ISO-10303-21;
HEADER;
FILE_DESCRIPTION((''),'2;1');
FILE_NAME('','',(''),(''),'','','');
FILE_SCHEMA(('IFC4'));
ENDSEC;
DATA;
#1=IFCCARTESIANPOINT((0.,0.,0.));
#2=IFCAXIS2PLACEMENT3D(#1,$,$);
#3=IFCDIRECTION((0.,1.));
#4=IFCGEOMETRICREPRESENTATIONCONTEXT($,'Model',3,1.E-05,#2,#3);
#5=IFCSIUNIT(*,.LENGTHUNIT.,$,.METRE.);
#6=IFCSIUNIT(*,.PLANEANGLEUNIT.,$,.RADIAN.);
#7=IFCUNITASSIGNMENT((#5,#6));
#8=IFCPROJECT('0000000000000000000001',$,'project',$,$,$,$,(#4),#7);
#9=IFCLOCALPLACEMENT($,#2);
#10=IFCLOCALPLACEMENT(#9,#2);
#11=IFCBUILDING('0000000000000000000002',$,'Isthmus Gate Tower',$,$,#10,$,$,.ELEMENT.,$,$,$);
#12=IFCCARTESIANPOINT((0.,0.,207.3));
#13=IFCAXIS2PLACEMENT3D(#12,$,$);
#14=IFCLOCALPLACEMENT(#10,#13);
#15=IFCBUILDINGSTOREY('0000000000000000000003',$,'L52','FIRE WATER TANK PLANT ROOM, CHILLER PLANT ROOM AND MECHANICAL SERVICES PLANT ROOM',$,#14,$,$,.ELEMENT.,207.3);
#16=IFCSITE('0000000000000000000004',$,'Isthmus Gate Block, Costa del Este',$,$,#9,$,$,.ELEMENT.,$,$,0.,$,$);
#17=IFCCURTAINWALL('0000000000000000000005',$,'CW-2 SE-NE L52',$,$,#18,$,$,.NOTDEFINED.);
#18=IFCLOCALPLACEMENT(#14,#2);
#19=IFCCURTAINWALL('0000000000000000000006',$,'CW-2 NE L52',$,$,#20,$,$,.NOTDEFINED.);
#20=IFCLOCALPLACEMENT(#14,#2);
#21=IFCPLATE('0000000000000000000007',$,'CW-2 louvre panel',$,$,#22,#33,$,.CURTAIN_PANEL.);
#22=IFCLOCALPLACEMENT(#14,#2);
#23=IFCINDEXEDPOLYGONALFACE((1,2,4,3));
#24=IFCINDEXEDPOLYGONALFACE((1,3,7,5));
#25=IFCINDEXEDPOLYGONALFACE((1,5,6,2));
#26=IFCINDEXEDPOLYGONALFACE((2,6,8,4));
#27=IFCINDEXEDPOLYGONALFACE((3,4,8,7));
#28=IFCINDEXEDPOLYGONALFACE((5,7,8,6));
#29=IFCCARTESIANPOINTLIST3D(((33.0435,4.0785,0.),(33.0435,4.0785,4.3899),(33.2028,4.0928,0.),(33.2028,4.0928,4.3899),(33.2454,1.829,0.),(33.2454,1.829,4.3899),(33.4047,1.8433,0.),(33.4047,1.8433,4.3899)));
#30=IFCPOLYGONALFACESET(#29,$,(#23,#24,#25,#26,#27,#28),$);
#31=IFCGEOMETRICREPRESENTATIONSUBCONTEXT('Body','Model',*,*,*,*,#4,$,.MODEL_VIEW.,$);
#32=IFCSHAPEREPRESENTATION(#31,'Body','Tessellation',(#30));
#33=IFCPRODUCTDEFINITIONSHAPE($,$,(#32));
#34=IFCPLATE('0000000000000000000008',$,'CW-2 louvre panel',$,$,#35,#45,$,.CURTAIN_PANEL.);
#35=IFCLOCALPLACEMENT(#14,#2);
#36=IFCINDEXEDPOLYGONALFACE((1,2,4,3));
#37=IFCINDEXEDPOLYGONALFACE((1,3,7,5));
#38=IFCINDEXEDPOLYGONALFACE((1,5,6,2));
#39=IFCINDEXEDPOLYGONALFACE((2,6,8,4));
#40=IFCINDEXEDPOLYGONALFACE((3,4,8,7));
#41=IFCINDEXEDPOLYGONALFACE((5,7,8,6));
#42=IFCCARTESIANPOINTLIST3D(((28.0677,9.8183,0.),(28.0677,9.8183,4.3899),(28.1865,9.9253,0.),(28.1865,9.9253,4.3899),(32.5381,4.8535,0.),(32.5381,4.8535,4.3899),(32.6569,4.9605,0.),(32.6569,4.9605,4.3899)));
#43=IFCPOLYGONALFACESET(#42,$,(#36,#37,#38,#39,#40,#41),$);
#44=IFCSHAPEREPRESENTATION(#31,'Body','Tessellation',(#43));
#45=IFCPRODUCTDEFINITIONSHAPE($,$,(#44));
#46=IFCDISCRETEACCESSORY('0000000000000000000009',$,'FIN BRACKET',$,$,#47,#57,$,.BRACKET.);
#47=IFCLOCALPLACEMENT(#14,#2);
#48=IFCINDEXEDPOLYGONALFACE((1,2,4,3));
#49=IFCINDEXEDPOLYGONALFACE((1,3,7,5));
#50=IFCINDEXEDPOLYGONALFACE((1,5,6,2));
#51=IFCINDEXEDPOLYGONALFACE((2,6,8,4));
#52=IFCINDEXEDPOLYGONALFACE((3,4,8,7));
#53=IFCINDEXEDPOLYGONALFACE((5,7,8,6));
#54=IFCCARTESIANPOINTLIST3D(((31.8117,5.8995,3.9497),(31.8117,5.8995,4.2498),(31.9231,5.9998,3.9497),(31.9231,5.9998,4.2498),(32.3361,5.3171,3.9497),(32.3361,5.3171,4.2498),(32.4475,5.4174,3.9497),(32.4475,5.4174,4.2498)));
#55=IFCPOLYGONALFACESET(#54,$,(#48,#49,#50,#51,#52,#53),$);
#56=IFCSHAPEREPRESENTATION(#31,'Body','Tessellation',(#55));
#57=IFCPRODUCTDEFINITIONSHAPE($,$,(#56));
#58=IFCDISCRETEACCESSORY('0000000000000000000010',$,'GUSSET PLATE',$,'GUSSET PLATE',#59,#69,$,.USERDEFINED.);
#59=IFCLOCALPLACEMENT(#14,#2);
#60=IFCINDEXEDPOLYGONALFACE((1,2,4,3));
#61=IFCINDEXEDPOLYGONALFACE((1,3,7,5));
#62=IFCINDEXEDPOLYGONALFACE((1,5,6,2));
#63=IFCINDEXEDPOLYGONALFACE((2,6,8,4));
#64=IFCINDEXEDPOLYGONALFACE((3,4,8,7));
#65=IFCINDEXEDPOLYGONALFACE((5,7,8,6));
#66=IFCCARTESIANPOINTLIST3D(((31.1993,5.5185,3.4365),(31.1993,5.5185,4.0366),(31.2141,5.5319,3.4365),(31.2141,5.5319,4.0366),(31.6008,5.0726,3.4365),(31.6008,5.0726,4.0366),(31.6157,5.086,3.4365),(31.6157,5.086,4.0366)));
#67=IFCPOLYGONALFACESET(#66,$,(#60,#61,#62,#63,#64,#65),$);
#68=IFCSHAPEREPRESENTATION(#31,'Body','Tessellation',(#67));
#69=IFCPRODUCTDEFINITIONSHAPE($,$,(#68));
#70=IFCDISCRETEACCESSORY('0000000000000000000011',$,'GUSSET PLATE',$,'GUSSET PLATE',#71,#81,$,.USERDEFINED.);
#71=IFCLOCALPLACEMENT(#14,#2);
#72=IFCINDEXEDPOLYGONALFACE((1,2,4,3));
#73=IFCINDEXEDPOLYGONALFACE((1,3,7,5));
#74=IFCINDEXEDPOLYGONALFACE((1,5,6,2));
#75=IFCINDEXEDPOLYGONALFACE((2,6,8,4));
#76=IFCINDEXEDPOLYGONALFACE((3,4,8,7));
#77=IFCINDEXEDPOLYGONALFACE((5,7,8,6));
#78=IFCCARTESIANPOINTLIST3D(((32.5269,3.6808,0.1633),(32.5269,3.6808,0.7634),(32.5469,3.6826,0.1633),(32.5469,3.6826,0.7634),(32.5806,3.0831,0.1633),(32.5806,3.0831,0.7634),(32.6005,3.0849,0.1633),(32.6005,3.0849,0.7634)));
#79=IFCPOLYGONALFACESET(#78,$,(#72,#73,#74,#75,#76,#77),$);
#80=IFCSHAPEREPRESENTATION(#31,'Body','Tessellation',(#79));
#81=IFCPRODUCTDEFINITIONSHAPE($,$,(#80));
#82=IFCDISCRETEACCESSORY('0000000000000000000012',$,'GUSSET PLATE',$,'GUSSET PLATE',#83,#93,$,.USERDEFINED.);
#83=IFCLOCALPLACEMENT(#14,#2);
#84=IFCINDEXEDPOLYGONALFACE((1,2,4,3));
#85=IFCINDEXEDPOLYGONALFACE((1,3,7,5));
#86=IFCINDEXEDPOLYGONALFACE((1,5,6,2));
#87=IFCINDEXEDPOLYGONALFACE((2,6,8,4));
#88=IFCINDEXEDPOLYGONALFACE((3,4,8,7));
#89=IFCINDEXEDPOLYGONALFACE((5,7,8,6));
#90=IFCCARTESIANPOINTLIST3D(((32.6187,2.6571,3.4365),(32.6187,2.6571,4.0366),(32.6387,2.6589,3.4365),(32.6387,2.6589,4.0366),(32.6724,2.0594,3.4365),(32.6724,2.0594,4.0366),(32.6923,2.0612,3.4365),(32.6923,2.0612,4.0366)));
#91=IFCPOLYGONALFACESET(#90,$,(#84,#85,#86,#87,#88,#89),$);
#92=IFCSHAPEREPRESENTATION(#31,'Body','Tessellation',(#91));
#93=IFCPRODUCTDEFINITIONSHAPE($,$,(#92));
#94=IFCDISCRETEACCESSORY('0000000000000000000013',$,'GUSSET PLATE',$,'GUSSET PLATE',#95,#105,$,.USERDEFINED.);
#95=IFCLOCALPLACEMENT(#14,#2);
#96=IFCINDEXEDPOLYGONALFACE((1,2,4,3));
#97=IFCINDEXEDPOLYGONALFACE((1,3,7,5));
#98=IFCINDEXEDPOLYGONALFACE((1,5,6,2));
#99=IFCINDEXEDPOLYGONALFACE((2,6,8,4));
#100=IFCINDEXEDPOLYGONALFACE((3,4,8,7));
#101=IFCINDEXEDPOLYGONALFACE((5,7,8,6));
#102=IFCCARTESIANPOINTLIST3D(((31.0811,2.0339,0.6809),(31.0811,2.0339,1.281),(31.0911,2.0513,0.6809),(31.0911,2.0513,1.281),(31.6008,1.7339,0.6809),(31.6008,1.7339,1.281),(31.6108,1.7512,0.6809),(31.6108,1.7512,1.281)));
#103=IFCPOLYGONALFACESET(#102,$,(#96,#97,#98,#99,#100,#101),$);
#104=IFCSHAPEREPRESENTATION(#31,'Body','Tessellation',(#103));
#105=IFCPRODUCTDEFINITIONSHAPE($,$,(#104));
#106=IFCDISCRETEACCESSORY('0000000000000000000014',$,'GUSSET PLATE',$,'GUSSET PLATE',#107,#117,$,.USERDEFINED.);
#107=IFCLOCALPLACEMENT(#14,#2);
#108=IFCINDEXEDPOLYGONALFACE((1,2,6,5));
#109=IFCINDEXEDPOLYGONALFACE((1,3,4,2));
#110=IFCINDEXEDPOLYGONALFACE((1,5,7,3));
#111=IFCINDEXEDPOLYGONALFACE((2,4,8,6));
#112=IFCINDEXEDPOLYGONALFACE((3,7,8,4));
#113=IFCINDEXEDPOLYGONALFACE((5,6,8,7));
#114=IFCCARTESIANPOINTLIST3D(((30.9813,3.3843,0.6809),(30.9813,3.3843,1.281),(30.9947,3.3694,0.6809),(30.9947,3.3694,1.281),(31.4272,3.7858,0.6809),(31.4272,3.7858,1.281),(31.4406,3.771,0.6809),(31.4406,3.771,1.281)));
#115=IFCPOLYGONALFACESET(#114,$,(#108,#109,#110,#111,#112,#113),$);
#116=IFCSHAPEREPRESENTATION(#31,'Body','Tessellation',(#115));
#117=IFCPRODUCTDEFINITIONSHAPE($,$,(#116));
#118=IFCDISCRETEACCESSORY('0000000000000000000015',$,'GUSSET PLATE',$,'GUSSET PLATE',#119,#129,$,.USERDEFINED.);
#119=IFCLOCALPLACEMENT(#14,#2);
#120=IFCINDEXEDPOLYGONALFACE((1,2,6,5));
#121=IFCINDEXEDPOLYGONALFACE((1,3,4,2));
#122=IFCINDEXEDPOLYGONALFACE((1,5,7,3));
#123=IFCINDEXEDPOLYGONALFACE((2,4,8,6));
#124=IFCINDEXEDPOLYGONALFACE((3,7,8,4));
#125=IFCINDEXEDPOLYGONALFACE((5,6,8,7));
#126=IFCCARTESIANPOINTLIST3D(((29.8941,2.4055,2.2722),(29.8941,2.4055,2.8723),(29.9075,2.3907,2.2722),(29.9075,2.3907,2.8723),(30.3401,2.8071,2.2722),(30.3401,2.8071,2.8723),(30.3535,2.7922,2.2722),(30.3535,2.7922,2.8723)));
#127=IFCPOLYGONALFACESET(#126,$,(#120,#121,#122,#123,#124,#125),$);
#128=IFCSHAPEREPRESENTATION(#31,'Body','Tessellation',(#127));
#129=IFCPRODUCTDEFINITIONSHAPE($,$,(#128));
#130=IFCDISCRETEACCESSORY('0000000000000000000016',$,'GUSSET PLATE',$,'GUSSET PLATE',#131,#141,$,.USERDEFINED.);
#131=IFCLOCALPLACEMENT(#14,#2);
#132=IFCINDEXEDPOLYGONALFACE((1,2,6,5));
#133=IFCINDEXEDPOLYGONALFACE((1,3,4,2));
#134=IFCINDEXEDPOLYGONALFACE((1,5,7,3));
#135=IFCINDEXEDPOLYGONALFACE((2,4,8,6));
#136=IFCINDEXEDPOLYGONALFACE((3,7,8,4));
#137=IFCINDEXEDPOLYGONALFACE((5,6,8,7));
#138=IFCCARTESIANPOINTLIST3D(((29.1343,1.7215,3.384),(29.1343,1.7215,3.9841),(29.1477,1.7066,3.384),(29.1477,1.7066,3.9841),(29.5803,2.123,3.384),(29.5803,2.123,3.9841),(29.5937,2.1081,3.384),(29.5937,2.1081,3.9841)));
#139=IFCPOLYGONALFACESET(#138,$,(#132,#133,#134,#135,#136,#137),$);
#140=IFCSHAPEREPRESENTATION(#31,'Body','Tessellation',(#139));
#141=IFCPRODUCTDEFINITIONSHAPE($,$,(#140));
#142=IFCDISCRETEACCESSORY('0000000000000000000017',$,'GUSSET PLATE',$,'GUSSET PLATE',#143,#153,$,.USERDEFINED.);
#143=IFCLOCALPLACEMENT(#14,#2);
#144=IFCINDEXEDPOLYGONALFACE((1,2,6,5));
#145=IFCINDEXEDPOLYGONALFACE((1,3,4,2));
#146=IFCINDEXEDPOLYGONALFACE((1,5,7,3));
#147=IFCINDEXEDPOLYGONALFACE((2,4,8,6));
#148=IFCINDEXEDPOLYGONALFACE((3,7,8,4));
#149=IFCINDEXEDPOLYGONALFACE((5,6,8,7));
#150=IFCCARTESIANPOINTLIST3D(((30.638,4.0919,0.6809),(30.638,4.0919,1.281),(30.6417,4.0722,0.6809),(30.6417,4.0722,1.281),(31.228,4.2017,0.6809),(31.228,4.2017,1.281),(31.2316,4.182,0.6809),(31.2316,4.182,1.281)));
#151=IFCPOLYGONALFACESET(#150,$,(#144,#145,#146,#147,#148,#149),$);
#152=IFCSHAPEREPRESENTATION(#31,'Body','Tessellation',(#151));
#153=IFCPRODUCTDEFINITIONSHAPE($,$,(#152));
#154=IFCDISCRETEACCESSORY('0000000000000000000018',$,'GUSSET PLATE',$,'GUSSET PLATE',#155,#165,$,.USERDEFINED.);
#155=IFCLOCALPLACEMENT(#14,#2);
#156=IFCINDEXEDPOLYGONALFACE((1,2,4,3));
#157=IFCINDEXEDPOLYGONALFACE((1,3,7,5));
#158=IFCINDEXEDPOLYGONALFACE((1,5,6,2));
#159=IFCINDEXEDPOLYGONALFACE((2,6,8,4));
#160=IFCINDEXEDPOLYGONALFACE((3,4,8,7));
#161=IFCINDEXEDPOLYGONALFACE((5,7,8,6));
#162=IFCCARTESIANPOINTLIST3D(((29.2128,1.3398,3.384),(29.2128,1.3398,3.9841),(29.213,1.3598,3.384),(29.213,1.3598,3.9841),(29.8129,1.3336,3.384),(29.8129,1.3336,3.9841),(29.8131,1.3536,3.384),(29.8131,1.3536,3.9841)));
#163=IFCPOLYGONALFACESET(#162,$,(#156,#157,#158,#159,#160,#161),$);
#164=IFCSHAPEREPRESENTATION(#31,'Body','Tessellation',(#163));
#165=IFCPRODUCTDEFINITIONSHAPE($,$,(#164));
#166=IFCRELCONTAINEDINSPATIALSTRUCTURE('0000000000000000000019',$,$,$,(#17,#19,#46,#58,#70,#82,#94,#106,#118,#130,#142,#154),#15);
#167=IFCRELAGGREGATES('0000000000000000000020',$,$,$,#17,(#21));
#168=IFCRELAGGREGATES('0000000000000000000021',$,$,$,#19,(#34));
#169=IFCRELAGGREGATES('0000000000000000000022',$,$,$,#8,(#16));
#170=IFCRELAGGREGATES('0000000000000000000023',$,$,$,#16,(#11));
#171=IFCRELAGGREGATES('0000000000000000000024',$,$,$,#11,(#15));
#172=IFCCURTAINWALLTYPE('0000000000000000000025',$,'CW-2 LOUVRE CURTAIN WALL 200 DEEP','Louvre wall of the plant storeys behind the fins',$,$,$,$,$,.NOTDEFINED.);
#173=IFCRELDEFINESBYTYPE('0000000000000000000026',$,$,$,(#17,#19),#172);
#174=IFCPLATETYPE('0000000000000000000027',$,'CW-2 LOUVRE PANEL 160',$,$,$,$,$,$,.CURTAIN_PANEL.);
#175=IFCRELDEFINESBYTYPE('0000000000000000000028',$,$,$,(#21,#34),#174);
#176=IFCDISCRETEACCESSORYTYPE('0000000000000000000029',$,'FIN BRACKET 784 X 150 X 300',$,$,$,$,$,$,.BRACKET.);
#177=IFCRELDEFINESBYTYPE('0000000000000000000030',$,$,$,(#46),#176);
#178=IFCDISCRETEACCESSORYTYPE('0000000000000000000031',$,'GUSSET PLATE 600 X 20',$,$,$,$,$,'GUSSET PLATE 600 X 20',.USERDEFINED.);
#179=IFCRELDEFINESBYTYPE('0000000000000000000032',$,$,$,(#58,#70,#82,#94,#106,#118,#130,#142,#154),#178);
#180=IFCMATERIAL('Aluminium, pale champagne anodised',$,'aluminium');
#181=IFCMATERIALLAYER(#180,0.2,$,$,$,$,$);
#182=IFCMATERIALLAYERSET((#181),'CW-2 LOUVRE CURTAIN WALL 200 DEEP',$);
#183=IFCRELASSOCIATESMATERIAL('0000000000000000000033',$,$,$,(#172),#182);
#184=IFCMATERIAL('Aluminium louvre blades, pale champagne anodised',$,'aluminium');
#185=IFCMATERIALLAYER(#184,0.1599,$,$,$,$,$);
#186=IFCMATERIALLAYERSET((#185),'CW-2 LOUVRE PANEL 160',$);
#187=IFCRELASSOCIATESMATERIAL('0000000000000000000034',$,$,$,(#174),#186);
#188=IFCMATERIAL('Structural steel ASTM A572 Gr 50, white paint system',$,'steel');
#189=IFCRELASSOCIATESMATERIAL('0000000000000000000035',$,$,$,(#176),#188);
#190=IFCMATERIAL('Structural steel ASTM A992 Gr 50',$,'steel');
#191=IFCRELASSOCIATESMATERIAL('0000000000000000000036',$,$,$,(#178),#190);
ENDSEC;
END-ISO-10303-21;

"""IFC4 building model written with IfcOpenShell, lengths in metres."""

from ifc_helpers import new_model, si_unit, direction, frame, origin, origin_2d, place, context, subcontext, project, spatial, rectangle, extrude, material, layer, layer_set, type_object, element, aggregate, save


model = new_model("IFC4")

# Units and contexts
model_context = context("Model", 3, precision=1e-05, world=origin(), true_north=direction((0.0, 1.0)))
body_context = subcontext(model_context, "Body", "Model", "MODEL_VIEW")
ifc_project = project(units=[si_unit("LENGTHUNIT", "METRE"), si_unit("PLANEANGLEUNIT", "RADIAN")], contexts=[model_context])

# Site, building, storey
site_placement = place(None, origin())
site = spatial("IfcSite", under=ifc_project, at=site_placement, Name="Isthmus Gate Block, Costa del Este", CompositionType="ELEMENT", RefElevation=0.0)
building_placement = place(site_placement, origin())
building = spatial("IfcBuilding", under=site, at=building_placement, Name="Isthmus Gate Tower", CompositionType="ELEMENT")
storey_placement = place(building_placement, frame((0.0, 0.0, 207.3)))
storey = spatial("IfcBuildingStorey", under=building, at=storey_placement, Name="L52", Description="FIRE WATER TANK PLANT ROOM, CHILLER PLANT ROOM AND MECHANICAL SERVICES PLANT ROOM", CompositionType="ELEMENT", Elevation=207.3)

# Curtain walls
ifc_material_1 = material(Name="Aluminium, pale champagne anodised", Category="aluminium")
ifc_layer_1 = layer(ifc_material_1, 0.2)
ifc_layer_set_1 = layer_set([ifc_layer_1], Name="CW-2 LOUVRE CURTAIN WALL 200 DEEP")
curtain_wall_type = type_object("IfcCurtainWallType", Name="CW-2 LOUVRE CURTAIN WALL 200 DEEP", Description="Louvre wall of the plant storeys behind the fins", PredefinedType="NOTDEFINED", material=ifc_layer_set_1)
curtain_wall_1_placement = place(storey_placement, origin())
curtain_wall_1 = element("IfcCurtainWall", 1, at=curtain_wall_1_placement, inside=storey, type_object=curtain_wall_type, Name="CW-2 SE-NE L52", PredefinedType="NOTDEFINED")
curtain_wall_2_placement = place(storey_placement, origin())
curtain_wall_2 = element("IfcCurtainWall", 2, at=curtain_wall_2_placement, inside=storey, type_object=curtain_wall_type, Name="CW-2 NE L52", PredefinedType="NOTDEFINED")

# Plates
ifc_material_2 = material(Name="Aluminium louvre blades, pale champagne anodised", Category="aluminium")
ifc_layer_2 = layer(ifc_material_2, 0.1599)
ifc_layer_set_2 = layer_set([ifc_layer_2], Name="CW-2 LOUVRE PANEL 160")
plate_type = type_object("IfcPlateType", Name="CW-2 LOUVRE PANEL 160", PredefinedType="CURTAIN_PANEL", material=ifc_layer_set_2)
plate_1_placement = place(storey_placement, frame((33.2241, 2.9609, 0.0), z_axis=(0.0, 0.0, 1.0), x_axis=(-0.089397, 0.995996, 0.0)))
plate_1 = element("IfcPlate", 3, at=plate_1_placement, type_object=plate_type, Name="CW-2 louvre panel", PredefinedType="CURTAIN_PANEL", context=body_context, shape_type="SweptSolid", body=[
    extrude(rectangle(XDim=2.2585, YDim=0.1599, at=origin_2d()), origin(), (0.0, 0.0, 1.0), 4.3899),
])
aggregate(curtain_wall_1, [plate_1])
plate_2_placement = place(storey_placement, frame((30.3623, 7.3894, 0.0), z_axis=(0.0, 0.0, 1.0), x_axis=(-0.669131, 0.743145, 0.0)))
plate_2 = element("IfcPlate", 4, at=plate_2_placement, type_object=plate_type, Name="CW-2 louvre panel", PredefinedType="CURTAIN_PANEL", context=body_context, shape_type="SweptSolid", body=[
    extrude(rectangle(XDim=6.6809, YDim=0.1599, at=origin_2d()), origin(), (0.0, 0.0, 1.0), 4.3899),
])
aggregate(curtain_wall_2, [plate_2])

# Discrete accessories
ifc_material_3 = material(Name="Structural steel ASTM A572 Gr 50, white paint system", Category="steel")
discrete_accessory_type_1 = type_object("IfcDiscreteAccessoryType", Name="FIN BRACKET 784 X 150 X 300", PredefinedType="BRACKET", material=ifc_material_3)
discrete_accessory_placement = place(storey_placement, frame((32.1296, 5.6584, 3.9497), z_axis=(0.0, 0.0, 1.0), x_axis=(0.743145, 0.669131, 0.0)))
element("IfcDiscreteAccessory", 5, at=discrete_accessory_placement, inside=storey, type_object=discrete_accessory_type_1, Name="FIN BRACKET", PredefinedType="BRACKET", context=body_context, shape_type="SweptSolid", body=[
    extrude(rectangle(XDim=0.1499, YDim=0.7837, at=origin_2d()), origin(), (0.0, 0.0, 1.0), 0.3),
])
ifc_material_4 = material(Name="Structural steel ASTM A992 Gr 50", Category="steel")
discrete_accessory_type_2 = type_object("IfcDiscreteAccessoryType", Name="GUSSET PLATE 600 X 20", ElementType="GUSSET PLATE 600 X 20", PredefinedType="USERDEFINED", material=ifc_material_4)
for number, where, z_axis, x_axis, name in (
    (6, (31.4075, 5.3022, 3.4365), (0.0, 0.0, 1.0), (0.669131, -0.743145, 0.0), "GUSSET PLATE"),
    (7, (32.5637, 3.3828, 0.1633), (0.0, 0.0, 1.0), (0.089397, -0.995996, 0.0), "GUSSET PLATE"),
    (8, (32.6555, 2.3591, 3.4365), (0.0, 0.0, 1.0), (0.089397, -0.995996, 0.0), "GUSSET PLATE"),
    (9, (31.3459, 1.8926, 0.6809), (0.0, 0.0, 1.0), (-0.866025, 0.5, 0.0), "GUSSET PLATE"),
    (10, (31.2109, 3.5776, 0.6809), (0.0, 0.0, 1.0), (-0.743145, -0.669131, 0.0), "GUSSET PLATE"),
    (11, (30.1238, 2.5989, 2.2722), (0.0, 0.0, 1.0), (-0.743145, -0.669131, 0.0), "GUSSET PLATE"),
    (12, (29.364, 1.9148, 3.384), (0.0, 0.0, 1.0), (-0.743145, -0.669131, 0.0), "GUSSET PLATE"),
    (13, (30.9348, 4.137, 0.6809), (0.0, 0.0, 1.0), (-0.983129, -0.182912, 0.0), "GUSSET PLATE"),
    (14, (29.5129, 1.3467, 3.384), (0.0, 0.0, 1.0), (-0.999947, 0.010282, 0.0), "GUSSET PLATE"),
):
    element("IfcDiscreteAccessory", number, at=place(storey_placement, frame(where, z_axis=z_axis, x_axis=x_axis)), inside=storey, type_object=discrete_accessory_type_2, Name=name, ObjectType="GUSSET PLATE", PredefinedType="USERDEFINED", context=body_context, shape_type="SweptSolid", body=[
        extrude(rectangle(XDim=0.6001, YDim=0.02, at=origin_2d()), origin(), (0.0, 0.0, 1.0), 0.6001),
    ])

save(model, "model.ifc")
